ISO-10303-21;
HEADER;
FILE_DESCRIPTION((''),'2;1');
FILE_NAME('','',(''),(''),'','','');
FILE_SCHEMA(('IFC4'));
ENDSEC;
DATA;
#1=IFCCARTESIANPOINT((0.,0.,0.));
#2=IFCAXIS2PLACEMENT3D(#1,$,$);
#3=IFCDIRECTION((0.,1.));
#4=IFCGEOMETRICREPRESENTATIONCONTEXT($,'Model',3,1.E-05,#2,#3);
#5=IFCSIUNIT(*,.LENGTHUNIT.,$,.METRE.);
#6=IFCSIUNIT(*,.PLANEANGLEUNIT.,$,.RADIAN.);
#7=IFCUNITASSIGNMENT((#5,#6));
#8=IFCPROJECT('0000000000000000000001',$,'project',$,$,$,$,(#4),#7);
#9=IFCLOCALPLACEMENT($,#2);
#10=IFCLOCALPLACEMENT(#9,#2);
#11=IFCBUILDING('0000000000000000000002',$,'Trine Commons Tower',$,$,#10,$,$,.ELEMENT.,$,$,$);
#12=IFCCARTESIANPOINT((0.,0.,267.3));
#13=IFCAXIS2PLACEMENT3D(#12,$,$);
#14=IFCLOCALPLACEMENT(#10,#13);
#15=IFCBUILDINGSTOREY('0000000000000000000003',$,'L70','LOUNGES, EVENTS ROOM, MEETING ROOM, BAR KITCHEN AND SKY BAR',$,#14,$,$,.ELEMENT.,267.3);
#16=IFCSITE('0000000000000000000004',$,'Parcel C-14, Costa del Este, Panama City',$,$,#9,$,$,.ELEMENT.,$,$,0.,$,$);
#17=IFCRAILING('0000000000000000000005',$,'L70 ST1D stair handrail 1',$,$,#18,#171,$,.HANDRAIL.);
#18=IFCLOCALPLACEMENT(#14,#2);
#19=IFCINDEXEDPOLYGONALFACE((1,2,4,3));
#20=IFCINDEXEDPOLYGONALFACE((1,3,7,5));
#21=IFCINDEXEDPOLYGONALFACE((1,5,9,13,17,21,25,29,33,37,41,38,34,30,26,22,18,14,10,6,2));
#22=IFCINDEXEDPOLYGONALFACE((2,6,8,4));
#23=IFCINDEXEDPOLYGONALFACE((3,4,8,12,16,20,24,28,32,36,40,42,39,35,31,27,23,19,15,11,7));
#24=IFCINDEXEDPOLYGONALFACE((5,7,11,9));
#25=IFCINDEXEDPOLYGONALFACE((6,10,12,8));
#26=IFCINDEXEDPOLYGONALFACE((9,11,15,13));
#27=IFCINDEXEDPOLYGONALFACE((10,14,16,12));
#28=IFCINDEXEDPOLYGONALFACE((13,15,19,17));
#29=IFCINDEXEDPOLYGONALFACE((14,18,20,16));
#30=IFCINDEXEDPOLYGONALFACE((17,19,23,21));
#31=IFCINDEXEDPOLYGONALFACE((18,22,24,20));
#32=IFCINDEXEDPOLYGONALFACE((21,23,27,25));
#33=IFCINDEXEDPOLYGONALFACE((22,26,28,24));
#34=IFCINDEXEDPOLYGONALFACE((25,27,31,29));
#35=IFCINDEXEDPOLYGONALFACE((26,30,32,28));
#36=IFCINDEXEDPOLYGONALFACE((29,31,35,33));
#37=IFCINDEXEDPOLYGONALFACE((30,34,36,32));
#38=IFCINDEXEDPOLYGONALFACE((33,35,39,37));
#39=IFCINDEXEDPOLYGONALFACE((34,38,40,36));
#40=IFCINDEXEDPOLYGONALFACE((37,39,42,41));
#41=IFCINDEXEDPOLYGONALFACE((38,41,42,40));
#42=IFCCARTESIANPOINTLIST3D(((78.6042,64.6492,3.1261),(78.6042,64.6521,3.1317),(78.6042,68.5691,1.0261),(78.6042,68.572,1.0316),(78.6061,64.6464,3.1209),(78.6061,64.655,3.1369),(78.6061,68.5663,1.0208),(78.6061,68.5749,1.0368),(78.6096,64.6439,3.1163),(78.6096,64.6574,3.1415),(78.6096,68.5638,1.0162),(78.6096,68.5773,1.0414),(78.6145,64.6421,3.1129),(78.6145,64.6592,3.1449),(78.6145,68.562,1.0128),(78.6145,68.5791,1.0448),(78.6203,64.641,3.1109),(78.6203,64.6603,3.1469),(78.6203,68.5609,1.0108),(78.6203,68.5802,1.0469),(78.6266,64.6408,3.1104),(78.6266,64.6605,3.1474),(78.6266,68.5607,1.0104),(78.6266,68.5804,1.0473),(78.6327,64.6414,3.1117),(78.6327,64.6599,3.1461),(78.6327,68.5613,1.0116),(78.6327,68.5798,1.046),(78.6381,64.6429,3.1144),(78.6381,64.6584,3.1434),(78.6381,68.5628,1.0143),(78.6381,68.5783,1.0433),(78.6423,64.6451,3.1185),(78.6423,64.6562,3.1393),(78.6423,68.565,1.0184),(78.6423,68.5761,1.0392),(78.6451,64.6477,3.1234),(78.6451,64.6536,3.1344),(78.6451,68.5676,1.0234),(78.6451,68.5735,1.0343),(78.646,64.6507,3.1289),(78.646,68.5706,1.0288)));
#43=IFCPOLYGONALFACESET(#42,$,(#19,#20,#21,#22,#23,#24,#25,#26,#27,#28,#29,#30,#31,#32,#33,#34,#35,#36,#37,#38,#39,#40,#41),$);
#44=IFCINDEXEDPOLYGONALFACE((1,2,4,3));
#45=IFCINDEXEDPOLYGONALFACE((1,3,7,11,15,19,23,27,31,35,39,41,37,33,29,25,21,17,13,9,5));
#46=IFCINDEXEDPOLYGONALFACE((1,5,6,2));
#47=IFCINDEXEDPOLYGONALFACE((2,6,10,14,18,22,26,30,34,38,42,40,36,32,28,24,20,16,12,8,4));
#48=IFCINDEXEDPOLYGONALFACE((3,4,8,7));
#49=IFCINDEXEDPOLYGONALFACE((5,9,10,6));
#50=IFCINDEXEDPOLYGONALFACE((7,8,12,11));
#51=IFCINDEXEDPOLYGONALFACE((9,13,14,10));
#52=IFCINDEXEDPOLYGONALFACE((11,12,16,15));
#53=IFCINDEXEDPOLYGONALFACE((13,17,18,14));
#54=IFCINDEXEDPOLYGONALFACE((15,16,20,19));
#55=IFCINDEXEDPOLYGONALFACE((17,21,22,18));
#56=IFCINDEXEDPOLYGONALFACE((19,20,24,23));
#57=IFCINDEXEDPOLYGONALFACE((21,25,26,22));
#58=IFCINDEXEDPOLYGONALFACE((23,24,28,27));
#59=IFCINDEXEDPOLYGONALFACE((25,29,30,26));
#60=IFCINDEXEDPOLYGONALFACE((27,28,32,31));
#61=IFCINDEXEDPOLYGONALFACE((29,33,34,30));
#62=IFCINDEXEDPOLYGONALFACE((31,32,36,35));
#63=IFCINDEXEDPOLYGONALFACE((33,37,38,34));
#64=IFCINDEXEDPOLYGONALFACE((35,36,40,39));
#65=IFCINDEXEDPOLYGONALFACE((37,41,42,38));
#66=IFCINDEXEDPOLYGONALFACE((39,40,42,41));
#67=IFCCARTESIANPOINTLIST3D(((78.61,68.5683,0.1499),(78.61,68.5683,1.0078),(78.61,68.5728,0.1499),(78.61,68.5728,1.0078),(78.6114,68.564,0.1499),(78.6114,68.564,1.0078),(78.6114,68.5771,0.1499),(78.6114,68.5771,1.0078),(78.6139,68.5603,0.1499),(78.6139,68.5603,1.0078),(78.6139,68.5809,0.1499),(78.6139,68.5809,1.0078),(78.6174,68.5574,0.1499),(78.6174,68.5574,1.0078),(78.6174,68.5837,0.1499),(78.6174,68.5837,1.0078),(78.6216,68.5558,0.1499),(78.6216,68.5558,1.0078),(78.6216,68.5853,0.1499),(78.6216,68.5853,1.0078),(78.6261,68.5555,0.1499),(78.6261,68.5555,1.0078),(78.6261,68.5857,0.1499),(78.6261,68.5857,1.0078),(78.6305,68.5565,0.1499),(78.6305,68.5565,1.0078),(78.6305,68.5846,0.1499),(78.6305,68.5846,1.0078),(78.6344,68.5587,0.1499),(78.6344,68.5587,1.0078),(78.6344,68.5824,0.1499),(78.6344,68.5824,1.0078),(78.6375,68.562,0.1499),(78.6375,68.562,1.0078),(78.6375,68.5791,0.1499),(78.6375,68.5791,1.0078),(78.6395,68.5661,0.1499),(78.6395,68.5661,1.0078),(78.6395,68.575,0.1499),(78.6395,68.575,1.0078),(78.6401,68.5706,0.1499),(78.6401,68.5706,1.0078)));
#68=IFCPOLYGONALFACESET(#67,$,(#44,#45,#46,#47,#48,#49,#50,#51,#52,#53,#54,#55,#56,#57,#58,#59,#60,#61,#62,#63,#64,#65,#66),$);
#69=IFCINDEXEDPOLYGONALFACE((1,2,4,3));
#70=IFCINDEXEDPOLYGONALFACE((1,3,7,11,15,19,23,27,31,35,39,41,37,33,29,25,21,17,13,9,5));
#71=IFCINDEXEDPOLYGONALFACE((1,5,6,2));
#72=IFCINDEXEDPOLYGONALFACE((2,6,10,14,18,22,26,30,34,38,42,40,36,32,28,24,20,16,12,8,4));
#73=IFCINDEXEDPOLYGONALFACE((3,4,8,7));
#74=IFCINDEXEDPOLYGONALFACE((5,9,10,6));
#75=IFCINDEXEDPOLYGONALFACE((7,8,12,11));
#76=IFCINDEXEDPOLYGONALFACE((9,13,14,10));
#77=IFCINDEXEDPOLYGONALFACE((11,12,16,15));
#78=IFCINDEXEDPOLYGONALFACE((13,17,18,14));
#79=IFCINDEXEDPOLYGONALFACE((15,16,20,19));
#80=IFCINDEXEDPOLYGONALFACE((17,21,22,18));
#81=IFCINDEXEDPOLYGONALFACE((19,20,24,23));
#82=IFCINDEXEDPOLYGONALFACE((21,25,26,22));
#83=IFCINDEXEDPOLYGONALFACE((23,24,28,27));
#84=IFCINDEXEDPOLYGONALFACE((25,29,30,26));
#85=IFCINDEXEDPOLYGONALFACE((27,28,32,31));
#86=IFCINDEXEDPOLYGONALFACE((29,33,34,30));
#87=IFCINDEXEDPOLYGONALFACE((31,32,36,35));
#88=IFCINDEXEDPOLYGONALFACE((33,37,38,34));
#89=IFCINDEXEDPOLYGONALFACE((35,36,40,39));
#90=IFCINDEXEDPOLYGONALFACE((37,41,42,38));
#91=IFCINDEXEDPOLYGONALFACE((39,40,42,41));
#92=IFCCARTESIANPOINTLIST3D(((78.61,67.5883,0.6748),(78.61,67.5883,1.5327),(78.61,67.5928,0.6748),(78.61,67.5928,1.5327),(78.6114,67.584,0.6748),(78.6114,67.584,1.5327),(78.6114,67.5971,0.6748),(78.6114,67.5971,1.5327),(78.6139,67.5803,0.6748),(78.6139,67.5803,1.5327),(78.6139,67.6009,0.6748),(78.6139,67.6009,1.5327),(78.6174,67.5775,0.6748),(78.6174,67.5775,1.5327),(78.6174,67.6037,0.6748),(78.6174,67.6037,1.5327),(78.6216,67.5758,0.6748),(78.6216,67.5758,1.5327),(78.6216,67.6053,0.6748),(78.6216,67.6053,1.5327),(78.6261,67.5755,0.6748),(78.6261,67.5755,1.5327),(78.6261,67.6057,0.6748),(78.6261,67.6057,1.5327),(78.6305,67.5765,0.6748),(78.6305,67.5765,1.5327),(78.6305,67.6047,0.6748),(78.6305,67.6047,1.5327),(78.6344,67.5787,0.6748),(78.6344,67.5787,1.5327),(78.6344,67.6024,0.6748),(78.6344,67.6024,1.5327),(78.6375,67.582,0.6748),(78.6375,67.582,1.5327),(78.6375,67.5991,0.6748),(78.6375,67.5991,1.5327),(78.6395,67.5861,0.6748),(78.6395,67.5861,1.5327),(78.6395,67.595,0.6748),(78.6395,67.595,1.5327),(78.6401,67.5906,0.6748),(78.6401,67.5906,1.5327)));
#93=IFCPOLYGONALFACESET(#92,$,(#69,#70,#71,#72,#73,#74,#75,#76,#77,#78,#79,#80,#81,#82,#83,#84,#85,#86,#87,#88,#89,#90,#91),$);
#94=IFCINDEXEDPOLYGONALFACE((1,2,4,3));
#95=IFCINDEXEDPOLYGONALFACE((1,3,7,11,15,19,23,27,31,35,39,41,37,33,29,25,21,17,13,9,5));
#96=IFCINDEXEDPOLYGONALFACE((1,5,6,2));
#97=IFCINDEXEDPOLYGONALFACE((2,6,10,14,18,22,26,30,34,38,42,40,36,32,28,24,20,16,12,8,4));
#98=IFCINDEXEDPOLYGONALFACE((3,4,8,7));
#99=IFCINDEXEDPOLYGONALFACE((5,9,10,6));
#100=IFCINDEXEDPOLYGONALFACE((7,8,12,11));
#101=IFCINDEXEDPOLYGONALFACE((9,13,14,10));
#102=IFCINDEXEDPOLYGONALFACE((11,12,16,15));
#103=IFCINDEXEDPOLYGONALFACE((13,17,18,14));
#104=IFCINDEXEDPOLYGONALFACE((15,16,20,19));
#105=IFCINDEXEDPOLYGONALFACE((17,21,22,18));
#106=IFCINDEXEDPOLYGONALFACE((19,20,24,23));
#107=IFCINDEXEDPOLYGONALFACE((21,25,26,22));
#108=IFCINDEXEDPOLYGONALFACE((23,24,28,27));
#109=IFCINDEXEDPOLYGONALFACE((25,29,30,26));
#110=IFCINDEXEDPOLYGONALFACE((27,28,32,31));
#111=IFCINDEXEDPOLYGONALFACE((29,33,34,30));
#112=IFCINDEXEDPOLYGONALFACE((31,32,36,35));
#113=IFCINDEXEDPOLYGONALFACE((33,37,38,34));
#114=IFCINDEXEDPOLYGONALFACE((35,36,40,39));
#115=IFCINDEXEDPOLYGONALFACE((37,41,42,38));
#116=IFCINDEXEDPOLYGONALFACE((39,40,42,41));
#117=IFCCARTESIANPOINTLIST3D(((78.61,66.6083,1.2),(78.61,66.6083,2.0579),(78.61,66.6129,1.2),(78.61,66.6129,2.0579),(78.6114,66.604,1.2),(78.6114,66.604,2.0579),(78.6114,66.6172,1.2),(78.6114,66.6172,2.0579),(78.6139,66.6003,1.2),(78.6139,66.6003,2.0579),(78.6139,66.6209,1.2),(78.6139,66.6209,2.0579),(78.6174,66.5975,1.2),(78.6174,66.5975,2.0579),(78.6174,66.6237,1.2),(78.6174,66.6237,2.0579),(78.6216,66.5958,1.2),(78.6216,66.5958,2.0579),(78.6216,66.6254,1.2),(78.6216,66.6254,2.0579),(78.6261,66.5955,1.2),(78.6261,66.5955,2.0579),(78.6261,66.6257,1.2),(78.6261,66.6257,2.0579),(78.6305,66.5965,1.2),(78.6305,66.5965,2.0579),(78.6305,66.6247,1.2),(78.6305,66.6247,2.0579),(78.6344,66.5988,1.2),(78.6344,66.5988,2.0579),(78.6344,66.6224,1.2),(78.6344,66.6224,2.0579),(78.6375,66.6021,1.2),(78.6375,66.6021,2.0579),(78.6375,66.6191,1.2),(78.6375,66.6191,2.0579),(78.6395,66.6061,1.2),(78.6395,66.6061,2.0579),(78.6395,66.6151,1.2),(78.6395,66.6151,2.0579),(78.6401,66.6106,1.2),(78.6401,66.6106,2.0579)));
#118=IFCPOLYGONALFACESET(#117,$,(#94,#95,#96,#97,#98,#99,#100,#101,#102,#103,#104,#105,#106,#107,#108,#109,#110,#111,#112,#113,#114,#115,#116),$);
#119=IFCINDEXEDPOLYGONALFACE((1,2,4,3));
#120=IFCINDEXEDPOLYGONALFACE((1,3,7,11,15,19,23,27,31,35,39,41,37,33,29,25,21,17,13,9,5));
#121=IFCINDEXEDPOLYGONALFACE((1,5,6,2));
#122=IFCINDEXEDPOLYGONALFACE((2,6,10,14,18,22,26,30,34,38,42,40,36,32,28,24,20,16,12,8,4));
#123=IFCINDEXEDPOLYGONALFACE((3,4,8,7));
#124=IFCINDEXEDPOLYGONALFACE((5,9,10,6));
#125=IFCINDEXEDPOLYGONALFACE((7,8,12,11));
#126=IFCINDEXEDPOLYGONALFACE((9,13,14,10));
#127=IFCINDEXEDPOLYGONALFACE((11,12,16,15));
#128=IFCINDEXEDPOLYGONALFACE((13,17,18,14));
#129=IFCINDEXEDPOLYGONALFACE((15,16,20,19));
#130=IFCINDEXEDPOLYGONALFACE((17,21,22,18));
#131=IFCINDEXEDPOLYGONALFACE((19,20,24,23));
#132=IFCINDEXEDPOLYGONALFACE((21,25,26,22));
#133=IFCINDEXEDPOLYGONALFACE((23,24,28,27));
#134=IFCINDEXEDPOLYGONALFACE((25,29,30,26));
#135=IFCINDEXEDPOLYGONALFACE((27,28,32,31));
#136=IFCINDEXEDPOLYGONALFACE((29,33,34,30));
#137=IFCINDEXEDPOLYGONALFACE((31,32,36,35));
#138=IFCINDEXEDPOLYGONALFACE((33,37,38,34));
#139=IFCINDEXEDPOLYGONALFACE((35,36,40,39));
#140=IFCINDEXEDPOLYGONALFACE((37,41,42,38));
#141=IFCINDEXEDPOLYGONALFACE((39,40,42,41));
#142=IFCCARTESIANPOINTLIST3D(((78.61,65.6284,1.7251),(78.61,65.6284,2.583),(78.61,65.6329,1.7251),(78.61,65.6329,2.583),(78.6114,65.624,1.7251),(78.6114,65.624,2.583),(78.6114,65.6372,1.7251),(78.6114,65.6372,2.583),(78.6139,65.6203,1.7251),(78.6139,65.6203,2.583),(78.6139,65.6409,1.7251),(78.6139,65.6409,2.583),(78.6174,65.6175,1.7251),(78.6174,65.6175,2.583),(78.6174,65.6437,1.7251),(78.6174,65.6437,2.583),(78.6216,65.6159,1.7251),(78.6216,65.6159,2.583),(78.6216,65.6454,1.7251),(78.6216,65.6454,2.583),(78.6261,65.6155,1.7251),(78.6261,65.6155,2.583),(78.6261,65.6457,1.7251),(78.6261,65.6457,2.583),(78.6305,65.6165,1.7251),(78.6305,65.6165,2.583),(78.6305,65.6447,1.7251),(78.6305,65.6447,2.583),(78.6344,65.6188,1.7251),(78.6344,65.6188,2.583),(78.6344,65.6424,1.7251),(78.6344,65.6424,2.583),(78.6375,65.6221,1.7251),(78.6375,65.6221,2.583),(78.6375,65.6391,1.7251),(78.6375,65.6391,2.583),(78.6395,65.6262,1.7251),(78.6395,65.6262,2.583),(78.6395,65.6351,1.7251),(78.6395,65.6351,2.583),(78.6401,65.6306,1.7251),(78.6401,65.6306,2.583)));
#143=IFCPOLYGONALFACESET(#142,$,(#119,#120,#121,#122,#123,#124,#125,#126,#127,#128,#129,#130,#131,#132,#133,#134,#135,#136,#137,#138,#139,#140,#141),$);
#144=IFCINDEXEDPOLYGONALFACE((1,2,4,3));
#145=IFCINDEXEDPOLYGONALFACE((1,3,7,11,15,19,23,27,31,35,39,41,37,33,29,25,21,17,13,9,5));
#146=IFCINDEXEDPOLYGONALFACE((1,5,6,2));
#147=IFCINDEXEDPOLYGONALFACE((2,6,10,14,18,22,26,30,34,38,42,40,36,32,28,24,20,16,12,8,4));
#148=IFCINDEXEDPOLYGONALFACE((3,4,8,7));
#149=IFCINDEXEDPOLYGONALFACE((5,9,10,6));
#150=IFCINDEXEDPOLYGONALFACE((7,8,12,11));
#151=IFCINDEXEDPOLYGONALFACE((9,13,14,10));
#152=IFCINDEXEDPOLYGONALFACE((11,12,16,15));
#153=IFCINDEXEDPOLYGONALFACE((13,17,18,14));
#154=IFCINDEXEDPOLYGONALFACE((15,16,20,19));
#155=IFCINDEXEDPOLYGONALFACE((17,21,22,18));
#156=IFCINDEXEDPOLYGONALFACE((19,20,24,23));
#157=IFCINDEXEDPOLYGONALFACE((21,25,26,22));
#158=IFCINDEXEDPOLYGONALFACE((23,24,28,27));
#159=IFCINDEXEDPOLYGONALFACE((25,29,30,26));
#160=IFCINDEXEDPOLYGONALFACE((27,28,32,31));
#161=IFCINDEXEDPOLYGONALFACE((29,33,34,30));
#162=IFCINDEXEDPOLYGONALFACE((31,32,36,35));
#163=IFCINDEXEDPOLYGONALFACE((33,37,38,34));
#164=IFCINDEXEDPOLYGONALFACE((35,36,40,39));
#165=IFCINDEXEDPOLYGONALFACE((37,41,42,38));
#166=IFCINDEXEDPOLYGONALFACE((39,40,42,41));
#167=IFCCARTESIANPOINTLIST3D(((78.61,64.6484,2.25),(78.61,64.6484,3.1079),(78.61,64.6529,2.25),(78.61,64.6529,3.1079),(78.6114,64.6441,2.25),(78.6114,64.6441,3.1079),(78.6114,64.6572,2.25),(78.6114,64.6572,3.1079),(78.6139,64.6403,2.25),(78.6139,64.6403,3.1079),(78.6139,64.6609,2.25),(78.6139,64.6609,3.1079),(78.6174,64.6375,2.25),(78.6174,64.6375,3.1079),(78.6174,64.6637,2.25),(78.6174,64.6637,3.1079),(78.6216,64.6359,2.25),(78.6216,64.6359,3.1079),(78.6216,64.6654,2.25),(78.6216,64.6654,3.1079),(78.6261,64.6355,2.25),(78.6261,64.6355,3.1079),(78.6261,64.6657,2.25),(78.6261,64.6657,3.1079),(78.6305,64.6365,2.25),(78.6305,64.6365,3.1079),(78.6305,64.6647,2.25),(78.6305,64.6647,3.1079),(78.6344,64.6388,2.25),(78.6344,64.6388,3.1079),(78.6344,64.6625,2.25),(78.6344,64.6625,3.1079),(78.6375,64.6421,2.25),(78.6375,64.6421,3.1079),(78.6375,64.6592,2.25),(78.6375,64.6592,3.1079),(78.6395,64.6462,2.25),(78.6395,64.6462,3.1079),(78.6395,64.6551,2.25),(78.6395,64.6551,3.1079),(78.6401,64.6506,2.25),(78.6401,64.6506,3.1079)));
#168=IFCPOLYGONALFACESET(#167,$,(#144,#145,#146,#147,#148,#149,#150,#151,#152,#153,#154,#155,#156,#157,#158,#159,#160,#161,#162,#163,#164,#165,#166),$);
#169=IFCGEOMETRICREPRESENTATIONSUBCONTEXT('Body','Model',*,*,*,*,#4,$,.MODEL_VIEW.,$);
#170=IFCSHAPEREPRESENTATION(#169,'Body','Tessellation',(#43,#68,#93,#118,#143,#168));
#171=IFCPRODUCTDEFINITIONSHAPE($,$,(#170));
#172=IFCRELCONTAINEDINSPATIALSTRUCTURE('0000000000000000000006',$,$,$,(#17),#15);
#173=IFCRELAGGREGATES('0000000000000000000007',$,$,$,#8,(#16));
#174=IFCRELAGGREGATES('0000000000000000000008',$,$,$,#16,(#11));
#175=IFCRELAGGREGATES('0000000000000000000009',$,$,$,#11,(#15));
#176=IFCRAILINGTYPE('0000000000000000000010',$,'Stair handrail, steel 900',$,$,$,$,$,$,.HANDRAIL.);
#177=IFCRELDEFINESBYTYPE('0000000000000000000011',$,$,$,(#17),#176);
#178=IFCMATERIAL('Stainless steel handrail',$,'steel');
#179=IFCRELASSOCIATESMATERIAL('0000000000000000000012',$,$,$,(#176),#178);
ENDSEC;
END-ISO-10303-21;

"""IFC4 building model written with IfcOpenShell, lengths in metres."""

from ifc_helpers import new_model, si_unit, direction, frame, origin, origin_2d, place, context, subcontext, project, spatial, circle, extrude, material, type_object, element, save


model = new_model("IFC4")

# Units and contexts
model_context = context("Model", 3, precision=1e-05, world=origin(), true_north=direction((0.0, 1.0)))
body_context = subcontext(model_context, "Body", "Model", "MODEL_VIEW")
ifc_project = project(units=[si_unit("LENGTHUNIT", "METRE"), si_unit("PLANEANGLEUNIT", "RADIAN")], contexts=[model_context])

# Site, building, storey
site_placement = place(None, origin())
site = spatial("IfcSite", under=ifc_project, at=site_placement, Name="Parcel C-14, Costa del Este, Panama City", CompositionType="ELEMENT", RefElevation=0.0)
building_placement = place(site_placement, origin())
building = spatial("IfcBuilding", under=site, at=building_placement, Name="Trine Commons Tower", CompositionType="ELEMENT")
storey_placement = place(building_placement, frame((0.0, 0.0, 267.3)))
storey = spatial("IfcBuildingStorey", under=building, at=storey_placement, Name="L70", Description="LOUNGES, EVENTS ROOM, MEETING ROOM, BAR KITCHEN AND SKY BAR", CompositionType="ELEMENT", Elevation=267.3)

# Railing
ifc_material_1 = material(Name="Stainless steel handrail", Category="steel")
railing_type_1 = type_object("IfcRailingType", Name="Stair handrail, steel 900", PredefinedType="HANDRAIL", material=ifc_material_1)
railing_1_placement = place(storey_placement, frame((78.625, 68.5706, 0.1499)))
element("IfcRailing", 1, at=railing_1_placement, inside=storey, type_object=railing_type_1, Name="L70 ST1D stair handrail 1", PredefinedType="HANDRAIL", context=body_context, shape_type="SweptSolid", body=[
    extrude(circle(Radius=0.021, at=origin_2d()), frame((0.0, 0.0, 0.8789), z_axis=(0.0, -0.881467, 0.472246), x_axis=(1.0, 0.0, 0.0)), (0.0, 0.0, 1.0), 4.447),
    extrude(circle(Radius=0.0151, at=origin_2d()), origin(), (0.0, 0.0, 1.0), 0.8579),
    extrude(circle(Radius=0.0151, at=origin_2d()), frame((0.0, -0.98, 0.5249)), (0.0, 0.0, 1.0), 0.8579),
    extrude(circle(Radius=0.0151, at=origin_2d()), frame((0.0, -1.96, 1.05)), (0.0, 0.0, 1.0), 0.8579),
    extrude(circle(Radius=0.0151, at=origin_2d()), frame((0.0, -2.9399, 1.5752)), (0.0, 0.0, 1.0), 0.8579),
    extrude(circle(Radius=0.0151, at=origin_2d()), frame((0.0, -3.9199, 2.1001)), (0.0, 0.0, 1.0), 0.8579),
])

save(model, "model.ifc")
